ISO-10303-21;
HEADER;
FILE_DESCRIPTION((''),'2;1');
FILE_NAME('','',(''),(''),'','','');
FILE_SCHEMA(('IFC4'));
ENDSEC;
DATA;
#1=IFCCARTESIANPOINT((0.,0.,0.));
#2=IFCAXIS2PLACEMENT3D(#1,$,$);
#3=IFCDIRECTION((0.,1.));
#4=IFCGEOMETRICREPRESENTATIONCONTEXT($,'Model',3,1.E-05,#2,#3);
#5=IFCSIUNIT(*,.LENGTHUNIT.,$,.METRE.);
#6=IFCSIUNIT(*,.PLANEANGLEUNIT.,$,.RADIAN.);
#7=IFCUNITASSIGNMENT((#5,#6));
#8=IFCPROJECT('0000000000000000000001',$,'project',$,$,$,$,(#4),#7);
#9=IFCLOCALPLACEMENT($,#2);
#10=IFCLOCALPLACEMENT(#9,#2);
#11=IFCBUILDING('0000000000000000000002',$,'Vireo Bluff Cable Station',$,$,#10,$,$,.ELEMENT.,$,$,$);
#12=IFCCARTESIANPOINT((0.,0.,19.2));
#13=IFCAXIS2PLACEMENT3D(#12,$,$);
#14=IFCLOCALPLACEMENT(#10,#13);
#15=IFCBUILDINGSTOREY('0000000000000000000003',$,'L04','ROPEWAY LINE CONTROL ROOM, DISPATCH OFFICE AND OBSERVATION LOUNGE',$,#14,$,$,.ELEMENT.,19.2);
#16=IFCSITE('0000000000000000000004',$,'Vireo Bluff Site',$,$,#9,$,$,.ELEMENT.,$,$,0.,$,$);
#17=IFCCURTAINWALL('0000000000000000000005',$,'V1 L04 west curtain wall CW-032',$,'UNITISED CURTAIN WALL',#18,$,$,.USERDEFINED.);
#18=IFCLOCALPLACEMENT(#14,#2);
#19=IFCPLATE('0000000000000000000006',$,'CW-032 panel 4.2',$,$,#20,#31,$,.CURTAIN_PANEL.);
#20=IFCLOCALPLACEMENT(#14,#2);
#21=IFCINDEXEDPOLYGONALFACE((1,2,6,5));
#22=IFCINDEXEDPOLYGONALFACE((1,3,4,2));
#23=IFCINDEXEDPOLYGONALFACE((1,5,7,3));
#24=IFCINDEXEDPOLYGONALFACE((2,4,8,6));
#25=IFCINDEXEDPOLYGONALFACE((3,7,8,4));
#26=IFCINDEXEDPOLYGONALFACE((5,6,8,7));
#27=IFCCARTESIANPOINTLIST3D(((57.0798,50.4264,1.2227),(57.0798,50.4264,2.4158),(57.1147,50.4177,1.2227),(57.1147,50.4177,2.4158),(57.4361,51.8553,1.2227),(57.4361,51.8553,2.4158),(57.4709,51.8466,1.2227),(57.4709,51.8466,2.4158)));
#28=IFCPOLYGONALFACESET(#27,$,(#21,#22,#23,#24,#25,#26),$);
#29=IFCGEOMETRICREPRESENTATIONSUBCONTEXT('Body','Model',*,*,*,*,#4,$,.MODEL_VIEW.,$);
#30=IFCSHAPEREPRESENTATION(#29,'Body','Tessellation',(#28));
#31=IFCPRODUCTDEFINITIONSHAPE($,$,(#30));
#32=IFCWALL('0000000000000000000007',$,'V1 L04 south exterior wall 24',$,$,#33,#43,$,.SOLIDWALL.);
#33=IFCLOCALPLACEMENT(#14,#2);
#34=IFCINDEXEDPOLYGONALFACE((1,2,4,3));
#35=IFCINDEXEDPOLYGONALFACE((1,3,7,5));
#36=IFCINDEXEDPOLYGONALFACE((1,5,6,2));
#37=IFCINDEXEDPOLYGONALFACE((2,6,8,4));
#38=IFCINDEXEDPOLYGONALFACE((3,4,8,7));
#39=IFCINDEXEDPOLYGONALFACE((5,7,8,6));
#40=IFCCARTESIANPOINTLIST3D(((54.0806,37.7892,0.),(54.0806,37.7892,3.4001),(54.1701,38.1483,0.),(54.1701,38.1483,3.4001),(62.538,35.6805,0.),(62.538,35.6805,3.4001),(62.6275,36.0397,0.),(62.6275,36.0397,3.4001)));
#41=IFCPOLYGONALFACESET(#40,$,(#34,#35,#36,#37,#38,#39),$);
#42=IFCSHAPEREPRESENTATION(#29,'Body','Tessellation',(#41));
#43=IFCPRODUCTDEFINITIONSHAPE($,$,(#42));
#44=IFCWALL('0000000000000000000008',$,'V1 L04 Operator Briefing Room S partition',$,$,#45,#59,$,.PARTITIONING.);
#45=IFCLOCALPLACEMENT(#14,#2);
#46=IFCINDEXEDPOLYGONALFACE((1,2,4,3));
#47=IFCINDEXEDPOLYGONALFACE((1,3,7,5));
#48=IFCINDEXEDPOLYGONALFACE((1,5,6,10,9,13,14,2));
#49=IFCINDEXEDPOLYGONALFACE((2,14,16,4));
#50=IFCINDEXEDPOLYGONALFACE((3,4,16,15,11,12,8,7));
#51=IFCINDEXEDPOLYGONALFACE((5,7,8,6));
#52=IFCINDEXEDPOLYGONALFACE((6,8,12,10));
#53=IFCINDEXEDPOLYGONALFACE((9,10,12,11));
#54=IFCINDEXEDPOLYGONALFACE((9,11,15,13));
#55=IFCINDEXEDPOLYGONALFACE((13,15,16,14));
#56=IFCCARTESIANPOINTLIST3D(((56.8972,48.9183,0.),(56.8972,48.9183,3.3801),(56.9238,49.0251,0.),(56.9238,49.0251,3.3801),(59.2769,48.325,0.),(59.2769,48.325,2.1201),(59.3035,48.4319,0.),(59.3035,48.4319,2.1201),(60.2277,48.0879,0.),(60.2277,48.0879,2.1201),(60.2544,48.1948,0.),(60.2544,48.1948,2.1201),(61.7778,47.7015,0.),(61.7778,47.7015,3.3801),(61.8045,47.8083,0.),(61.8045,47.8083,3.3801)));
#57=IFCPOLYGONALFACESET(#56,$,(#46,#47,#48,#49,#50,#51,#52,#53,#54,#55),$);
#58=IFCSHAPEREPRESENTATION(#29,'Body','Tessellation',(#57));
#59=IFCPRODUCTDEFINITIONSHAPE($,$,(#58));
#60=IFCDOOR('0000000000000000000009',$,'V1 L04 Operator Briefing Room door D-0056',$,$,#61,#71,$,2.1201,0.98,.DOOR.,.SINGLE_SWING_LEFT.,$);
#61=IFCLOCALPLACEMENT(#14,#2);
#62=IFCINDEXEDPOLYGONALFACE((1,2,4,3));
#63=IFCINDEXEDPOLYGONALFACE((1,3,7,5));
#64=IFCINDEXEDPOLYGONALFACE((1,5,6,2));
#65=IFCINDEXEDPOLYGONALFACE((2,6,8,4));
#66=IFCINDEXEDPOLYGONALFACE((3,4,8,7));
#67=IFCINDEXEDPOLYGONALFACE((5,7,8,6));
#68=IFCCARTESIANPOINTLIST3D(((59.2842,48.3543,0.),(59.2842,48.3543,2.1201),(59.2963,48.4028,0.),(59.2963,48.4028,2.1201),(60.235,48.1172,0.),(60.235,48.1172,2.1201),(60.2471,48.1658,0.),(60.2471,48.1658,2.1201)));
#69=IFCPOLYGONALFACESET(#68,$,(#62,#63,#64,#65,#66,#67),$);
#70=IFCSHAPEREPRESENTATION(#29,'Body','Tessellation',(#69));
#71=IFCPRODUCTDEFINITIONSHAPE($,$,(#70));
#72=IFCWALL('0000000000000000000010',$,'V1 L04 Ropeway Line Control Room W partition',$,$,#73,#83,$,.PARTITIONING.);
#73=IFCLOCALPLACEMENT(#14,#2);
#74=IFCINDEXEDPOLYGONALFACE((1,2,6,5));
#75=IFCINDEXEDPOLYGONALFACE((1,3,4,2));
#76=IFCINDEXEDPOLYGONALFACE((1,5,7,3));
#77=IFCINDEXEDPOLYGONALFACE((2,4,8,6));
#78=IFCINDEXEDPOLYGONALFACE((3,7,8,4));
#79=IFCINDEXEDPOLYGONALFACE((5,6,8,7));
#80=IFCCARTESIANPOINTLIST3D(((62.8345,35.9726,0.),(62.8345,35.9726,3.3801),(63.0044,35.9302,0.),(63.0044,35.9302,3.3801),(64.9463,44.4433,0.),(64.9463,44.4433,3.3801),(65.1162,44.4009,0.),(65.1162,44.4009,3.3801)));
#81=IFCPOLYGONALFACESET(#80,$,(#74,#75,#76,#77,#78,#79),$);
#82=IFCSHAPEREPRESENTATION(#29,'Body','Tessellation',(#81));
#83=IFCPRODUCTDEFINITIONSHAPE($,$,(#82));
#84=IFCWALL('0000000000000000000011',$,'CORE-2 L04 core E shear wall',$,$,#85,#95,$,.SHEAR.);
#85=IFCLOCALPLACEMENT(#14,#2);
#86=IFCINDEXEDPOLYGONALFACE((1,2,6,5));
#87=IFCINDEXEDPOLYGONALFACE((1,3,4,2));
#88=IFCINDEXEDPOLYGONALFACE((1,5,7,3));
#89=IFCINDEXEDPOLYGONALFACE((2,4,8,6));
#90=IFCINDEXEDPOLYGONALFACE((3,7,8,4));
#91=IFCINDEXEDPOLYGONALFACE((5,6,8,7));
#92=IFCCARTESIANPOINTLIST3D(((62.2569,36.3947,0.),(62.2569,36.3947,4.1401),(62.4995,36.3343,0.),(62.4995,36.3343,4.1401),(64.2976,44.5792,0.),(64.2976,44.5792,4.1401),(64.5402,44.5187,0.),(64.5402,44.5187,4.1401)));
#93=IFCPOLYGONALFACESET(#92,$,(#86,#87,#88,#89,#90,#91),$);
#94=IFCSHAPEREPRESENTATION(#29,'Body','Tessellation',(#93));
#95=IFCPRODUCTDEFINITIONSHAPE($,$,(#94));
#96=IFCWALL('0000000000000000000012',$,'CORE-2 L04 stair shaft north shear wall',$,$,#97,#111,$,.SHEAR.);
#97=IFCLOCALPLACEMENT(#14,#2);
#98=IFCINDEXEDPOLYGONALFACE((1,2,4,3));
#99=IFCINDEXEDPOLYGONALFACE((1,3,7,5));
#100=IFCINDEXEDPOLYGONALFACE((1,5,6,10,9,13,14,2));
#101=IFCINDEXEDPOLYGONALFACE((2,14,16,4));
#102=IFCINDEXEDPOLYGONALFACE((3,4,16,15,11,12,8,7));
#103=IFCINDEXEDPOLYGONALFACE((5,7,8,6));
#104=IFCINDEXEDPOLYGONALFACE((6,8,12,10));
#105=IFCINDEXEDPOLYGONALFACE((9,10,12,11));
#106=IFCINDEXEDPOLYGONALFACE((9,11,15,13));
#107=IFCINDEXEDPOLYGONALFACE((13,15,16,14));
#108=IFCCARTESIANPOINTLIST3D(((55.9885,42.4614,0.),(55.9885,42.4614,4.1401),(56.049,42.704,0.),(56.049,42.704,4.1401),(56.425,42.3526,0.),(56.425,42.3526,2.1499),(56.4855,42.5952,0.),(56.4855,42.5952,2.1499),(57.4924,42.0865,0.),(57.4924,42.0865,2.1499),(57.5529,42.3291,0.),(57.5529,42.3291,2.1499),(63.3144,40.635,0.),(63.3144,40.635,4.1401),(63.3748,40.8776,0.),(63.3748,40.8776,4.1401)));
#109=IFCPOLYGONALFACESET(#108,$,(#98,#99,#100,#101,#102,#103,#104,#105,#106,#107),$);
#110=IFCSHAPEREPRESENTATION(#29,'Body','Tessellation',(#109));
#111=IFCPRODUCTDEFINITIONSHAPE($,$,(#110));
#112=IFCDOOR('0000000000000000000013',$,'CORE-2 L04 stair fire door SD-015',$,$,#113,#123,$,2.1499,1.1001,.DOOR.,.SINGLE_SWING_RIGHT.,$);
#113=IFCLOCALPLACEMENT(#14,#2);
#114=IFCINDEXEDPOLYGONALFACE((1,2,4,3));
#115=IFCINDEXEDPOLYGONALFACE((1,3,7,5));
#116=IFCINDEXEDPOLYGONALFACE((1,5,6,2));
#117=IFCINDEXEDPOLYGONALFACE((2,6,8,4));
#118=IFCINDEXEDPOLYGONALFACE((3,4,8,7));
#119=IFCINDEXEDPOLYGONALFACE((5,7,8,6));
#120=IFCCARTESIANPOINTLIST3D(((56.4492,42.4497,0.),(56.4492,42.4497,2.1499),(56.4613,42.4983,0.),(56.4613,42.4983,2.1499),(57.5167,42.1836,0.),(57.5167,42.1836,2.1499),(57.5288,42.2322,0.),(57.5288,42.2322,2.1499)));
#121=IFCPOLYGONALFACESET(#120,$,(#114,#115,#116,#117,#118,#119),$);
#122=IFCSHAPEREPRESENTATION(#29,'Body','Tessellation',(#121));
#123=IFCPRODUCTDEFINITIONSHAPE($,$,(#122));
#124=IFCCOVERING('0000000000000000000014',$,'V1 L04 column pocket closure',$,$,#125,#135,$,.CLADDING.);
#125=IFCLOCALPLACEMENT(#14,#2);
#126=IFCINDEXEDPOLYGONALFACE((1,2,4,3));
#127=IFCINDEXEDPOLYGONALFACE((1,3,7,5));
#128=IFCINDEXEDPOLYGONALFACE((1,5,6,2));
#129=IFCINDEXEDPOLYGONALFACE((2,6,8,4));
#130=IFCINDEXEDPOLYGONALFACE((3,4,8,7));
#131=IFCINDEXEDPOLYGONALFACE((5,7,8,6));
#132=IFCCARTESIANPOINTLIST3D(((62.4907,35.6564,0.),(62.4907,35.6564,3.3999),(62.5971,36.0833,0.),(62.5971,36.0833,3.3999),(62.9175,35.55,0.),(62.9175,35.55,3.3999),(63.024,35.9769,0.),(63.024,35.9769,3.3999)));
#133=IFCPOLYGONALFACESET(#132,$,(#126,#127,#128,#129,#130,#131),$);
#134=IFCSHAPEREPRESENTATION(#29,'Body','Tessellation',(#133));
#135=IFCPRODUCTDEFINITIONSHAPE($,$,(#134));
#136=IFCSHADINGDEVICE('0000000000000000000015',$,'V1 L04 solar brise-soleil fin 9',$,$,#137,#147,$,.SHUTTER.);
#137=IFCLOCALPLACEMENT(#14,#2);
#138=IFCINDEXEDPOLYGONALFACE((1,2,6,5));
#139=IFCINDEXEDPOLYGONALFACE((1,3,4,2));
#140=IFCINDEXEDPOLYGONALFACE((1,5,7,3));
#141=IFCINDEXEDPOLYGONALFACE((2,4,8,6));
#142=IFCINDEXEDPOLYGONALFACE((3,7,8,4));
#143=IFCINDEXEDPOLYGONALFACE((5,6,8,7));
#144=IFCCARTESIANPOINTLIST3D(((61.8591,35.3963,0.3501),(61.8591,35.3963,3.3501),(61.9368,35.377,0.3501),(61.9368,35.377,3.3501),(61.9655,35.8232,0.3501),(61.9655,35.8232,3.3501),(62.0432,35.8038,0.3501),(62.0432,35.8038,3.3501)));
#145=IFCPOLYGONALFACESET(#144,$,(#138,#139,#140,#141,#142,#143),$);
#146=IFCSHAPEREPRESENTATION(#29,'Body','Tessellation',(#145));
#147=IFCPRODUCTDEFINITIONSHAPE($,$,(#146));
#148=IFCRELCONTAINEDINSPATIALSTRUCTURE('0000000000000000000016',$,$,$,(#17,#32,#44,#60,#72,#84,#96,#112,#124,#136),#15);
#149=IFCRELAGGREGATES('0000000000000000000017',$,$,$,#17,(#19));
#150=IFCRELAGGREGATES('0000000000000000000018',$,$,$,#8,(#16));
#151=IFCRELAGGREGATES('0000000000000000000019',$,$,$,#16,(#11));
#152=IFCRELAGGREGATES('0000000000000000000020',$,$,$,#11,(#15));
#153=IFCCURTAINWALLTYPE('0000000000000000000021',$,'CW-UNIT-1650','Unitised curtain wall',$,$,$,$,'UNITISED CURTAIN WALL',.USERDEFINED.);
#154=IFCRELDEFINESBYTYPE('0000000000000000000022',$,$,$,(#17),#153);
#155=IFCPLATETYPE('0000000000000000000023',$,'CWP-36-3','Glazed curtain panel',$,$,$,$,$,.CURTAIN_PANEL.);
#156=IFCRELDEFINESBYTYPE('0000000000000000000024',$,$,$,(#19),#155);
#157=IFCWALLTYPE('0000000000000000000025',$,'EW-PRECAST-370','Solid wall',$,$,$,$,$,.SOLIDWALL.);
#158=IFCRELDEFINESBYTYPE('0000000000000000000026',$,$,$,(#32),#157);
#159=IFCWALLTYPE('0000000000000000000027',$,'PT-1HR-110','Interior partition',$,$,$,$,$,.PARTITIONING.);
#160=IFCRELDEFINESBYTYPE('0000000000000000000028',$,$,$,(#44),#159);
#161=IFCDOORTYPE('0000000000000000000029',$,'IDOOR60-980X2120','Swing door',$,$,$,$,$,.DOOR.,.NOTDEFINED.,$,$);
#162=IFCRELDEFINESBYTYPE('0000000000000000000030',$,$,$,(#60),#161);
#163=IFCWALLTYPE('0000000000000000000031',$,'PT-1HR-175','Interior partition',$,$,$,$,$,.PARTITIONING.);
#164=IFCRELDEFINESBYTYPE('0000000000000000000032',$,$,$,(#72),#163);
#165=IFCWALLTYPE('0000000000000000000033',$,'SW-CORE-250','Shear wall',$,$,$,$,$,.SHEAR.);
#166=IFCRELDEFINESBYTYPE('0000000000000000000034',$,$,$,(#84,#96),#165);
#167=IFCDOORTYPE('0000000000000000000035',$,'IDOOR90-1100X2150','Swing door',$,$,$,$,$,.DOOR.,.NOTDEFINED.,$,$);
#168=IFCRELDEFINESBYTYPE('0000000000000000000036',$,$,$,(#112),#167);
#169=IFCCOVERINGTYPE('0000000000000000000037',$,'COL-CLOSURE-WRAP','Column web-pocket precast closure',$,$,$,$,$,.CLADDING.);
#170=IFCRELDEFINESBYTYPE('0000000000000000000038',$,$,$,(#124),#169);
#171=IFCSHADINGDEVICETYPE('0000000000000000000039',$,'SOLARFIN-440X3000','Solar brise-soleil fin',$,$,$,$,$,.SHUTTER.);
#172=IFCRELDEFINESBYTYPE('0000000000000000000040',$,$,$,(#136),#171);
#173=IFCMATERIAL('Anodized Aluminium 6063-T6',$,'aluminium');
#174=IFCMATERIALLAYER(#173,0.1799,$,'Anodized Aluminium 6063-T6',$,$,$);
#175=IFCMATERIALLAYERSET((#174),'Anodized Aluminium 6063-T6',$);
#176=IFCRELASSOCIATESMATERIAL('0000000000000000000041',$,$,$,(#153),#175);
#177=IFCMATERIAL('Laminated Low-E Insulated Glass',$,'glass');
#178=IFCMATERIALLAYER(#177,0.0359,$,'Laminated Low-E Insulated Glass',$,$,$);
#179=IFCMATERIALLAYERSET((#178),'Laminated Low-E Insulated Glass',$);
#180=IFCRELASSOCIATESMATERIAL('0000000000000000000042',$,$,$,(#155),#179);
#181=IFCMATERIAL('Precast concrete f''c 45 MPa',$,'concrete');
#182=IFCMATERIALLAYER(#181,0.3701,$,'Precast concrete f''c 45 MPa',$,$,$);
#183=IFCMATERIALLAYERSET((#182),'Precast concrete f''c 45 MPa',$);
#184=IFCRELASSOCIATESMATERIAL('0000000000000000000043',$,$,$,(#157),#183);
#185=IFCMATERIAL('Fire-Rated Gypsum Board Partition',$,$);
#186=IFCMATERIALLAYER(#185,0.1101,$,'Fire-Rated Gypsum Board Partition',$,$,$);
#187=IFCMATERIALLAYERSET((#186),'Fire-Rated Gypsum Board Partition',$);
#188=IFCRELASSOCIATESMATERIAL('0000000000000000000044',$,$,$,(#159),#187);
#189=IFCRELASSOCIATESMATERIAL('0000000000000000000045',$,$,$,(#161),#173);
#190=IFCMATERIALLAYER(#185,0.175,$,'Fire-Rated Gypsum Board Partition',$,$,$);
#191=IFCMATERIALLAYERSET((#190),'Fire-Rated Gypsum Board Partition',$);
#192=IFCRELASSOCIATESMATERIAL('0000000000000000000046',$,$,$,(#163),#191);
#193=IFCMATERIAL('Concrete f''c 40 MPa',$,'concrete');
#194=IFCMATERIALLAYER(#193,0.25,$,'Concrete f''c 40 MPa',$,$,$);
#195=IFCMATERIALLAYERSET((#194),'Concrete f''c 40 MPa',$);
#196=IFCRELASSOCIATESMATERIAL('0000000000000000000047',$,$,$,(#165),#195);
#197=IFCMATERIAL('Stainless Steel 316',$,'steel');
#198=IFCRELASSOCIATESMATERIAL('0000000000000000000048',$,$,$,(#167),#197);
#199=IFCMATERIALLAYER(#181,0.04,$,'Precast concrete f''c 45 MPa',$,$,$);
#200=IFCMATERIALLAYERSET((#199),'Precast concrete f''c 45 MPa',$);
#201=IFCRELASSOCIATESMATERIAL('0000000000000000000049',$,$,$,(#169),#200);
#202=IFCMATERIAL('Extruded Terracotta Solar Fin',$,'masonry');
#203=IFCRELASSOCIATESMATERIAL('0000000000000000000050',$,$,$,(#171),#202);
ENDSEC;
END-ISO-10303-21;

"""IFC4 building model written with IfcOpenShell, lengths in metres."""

from ifc_helpers import new_model, si_unit, direction, frame, frame_2d, origin, origin_with_axes, origin_2d, place, context, subcontext, project, spatial, rectangle, extrude, material, layer, layer_set, type_object, element, fill, aggregate, save


model = new_model("IFC4")

# Units and contexts
model_context = context("Model", 3, precision=1e-05, world=origin(), true_north=direction((0.0, 1.0)))
body_context = subcontext(model_context, "Body", "Model", "MODEL_VIEW")
ifc_project = project(units=[si_unit("LENGTHUNIT", "METRE"), si_unit("PLANEANGLEUNIT", "RADIAN")], contexts=[model_context])

# Site, building, storey
site_placement = place(None, origin())
site = spatial("IfcSite", under=ifc_project, at=site_placement, Name="Vireo Bluff Site", CompositionType="ELEMENT", RefElevation=0.0)
building_placement = place(site_placement, origin())
building = spatial("IfcBuilding", under=site, at=building_placement, Name="Vireo Bluff Cable Station", CompositionType="ELEMENT")
storey_placement = place(building_placement, frame((0.0, 0.0, 19.2)))
storey = spatial("IfcBuildingStorey", under=building, at=storey_placement, Name="L04", Description="ROPEWAY LINE CONTROL ROOM, DISPATCH OFFICE AND OBSERVATION LOUNGE", CompositionType="ELEMENT", Elevation=19.2)

# Curtain wall
ifc_material_1 = material(Name="Anodized Aluminium 6063-T6", Category="aluminium")
ifc_layer_1 = layer(ifc_material_1, 0.1799, Name="Anodized Aluminium 6063-T6")
ifc_layer_set_1 = layer_set([ifc_layer_1], Name="Anodized Aluminium 6063-T6")
curtain_wall_type_1 = type_object("IfcCurtainWallType", Name="CW-UNIT-1650", Description="Unitised curtain wall", ElementType="UNITISED CURTAIN WALL", PredefinedType="USERDEFINED", material=ifc_layer_set_1)
curtain_wall_1_placement = place(storey_placement, origin())
curtain_wall_1 = element("IfcCurtainWall", 1, at=curtain_wall_1_placement, inside=storey, type_object=curtain_wall_type_1, Name="V1 L04 west curtain wall CW-032", ObjectType="UNITISED CURTAIN WALL", PredefinedType="USERDEFINED")

# Shared definitions
ifc_material_2 = material(Name="Concrete f'c 40 MPa", Category="concrete")

# Plate
ifc_material_3 = material(Name="Laminated Low-E Insulated Glass", Category="glass")
ifc_layer_2 = layer(ifc_material_3, 0.0359, Name="Laminated Low-E Insulated Glass")
ifc_layer_set_2 = layer_set([ifc_layer_2], Name="Laminated Low-E Insulated Glass")
plate_type_1 = type_object("IfcPlateType", Name="CWP-36-3", Description="Glazed curtain panel", PredefinedType="CURTAIN_PANEL", material=ifc_layer_set_2)
plate_1_placement = place(storey_placement, frame((57.2754, 51.1365, 1.2227), z_axis=(0.0, 0.0, 1.0), x_axis=(0.241922, 0.970296, 0.0)))
plate_1 = element("IfcPlate", 2, at=plate_1_placement, type_object=plate_type_1, Name="CW-032 panel 4.2", PredefinedType="CURTAIN_PANEL", context=body_context, shape_type="SweptSolid", body=[
    extrude(rectangle(XDim=1.4727, YDim=0.0359, at=origin_2d()), origin(), (0.0, 0.0, 1.0), 1.1931),
])
aggregate(curtain_wall_1, [plate_1])

# Wall
ifc_material_4 = material(Name="Precast concrete f'c 45 MPa", Category="concrete")
ifc_layer_3 = layer(ifc_material_4, 0.3701, Name="Precast concrete f'c 45 MPa")
ifc_layer_set_3 = layer_set([ifc_layer_3], Name="Precast concrete f'c 45 MPa")
wall_type_1 = type_object("IfcWallType", Name="EW-PRECAST-370", Description="Solid wall", PredefinedType="SOLIDWALL", material=ifc_layer_set_3)
wall_1_placement = place(storey_placement, frame((62.5828, 35.8601, 0.0), z_axis=(0.0, 0.0, 1.0), x_axis=(-0.970297, 0.241916, 0.0)))
element("IfcWall", 3, at=wall_1_placement, inside=storey, type_object=wall_type_1, Name="V1 L04 south exterior wall 24", PredefinedType="SOLIDWALL", context=body_context, shape_type="SweptSolid", body=[
    extrude(rectangle(XDim=8.7163, YDim=0.3701, at=frame_2d((4.3582, 0.0))), origin(), (0.0, 0.0, 1.0), 3.4001),
])

# Wall, opening, door
ifc_material_5 = material(Name="Fire-Rated Gypsum Board Partition")
ifc_layer_4 = layer(ifc_material_5, 0.1101, Name="Fire-Rated Gypsum Board Partition")
ifc_layer_set_4 = layer_set([ifc_layer_4], Name="Fire-Rated Gypsum Board Partition")
wall_type_2 = type_object("IfcWallType", Name="PT-1HR-110", Description="Interior partition", PredefinedType="PARTITIONING", material=ifc_layer_set_4)
wall_2_placement = place(storey_placement, frame((61.7913, 47.7549, 0.0), z_axis=(0.0, 0.0, 1.0), x_axis=(-0.970299, 0.241907, 0.0)))
wall_2 = element("IfcWall", 4, at=wall_2_placement, inside=storey, type_object=wall_type_2, Name="V1 L04 Operator Briefing Room S partition", PredefinedType="PARTITIONING", context=body_context, shape_type="SweptSolid", body=[
    extrude(rectangle(XDim=5.03, YDim=0.1101, at=frame_2d((2.5151, 0.0))), origin(), (0.0, 0.0, 1.0), 3.3801),
])
opening_1_placement = place(wall_2_placement, frame((1.5977, 0.0, 0.0)))
opening_1 = element("IfcOpeningElement", 5, at=opening_1_placement, cuts=wall_2, PredefinedType="OPENING", context=body_context, shape_type="SweptSolid", body=[
    extrude(rectangle(XDim=0.98, YDim=2.1201, at=frame_2d((0.49, 1.0601))), frame((0.0, 0.0649, 0.0), z_axis=(0.0, -1.0, 0.0), x_axis=(1.0, 0.0, 0.0)), (0.0, 0.0, 1.0), 0.1301),
])
door_type_1 = type_object("IfcDoorType", Name="IDOOR60-980X2120", Description="Swing door", OperationType="NOTDEFINED", PredefinedType="DOOR", material=ifc_material_1)
door_1_placement = place(opening_1_placement, origin_with_axes())
door_1 = element("IfcDoor", 6, at=door_1_placement, inside=storey, type_object=door_type_1, Name="V1 L04 Operator Briefing Room door D-0056", OperationType="SINGLE_SWING_LEFT", OverallHeight=2.1201, OverallWidth=0.98, PredefinedType="DOOR", context=body_context, shape_type="SweptSolid", body=[
    extrude(rectangle(XDim=0.98, YDim=2.1201, at=frame_2d((0.49, 1.0601))), frame((0.0, 0.0249, 0.0), z_axis=(0.0, -1.0, 0.0), x_axis=(1.0, 0.0, 0.0)), (0.0, 0.0, 1.0), 0.05),
])
fill(opening_1, door_1)

# Walls
ifc_layer_5 = layer(ifc_material_5, 0.175, Name="Fire-Rated Gypsum Board Partition")
ifc_layer_set_5 = layer_set([ifc_layer_5], Name="Fire-Rated Gypsum Board Partition")
wall_type_3 = type_object("IfcWallType", Name="PT-1HR-175", Description="Interior partition", PredefinedType="PARTITIONING", material=ifc_layer_set_5)
wall_3_placement = place(storey_placement, frame((62.9194, 35.9514, 0.0), z_axis=(0.0, 0.0, 1.0), x_axis=(0.241904, 0.9703, 0.0)))
element("IfcWall", 7, at=wall_3_placement, inside=storey, type_object=wall_type_3, Name="V1 L04 Ropeway Line Control Room W partition", PredefinedType="PARTITIONING", context=body_context, shape_type="SweptSolid", body=[
    extrude(rectangle(XDim=8.73, YDim=0.175, at=frame_2d((4.365, 0.0))), origin(), (0.0, 0.0, 1.0), 3.3801),
])
ifc_layer_6 = layer(ifc_material_2, 0.25, Name="Concrete f'c 40 MPa")
ifc_layer_set_6 = layer_set([ifc_layer_6], Name="Concrete f'c 40 MPa")
wall_type_4 = type_object("IfcWallType", Name="SW-CORE-250", Description="Shear wall", PredefinedType="SHEAR", material=ifc_layer_set_6)
wall_4_placement = place(storey_placement, frame((62.3782, 36.3645, 0.0), z_axis=(0.0, 0.0, 1.0), x_axis=(0.241936, 0.970292, 0.0)))
element("IfcWall", 8, at=wall_4_placement, inside=storey, type_object=wall_type_4, Name="CORE-2 L04 core E shear wall", PredefinedType="SHEAR", context=body_context, shape_type="SweptSolid", body=[
    extrude(rectangle(XDim=8.4351, YDim=0.25, at=frame_2d((4.2175, 0.0))), origin(), (0.0, 0.0, 1.0), 4.1401),
])

# Wall, opening, door
wall_5_placement = place(storey_placement, frame((63.3445, 40.7563, 0.0), z_axis=(0.0, 0.0, 1.0), x_axis=(-0.9703, 0.241904, 0.0)))
wall_5 = element("IfcWall", 9, at=wall_5_placement, inside=storey, type_object=wall_type_4, Name="CORE-2 L04 stair shaft north shear wall", PredefinedType="SHEAR", context=body_context, shape_type="SweptSolid", body=[
    extrude(rectangle(XDim=7.55, YDim=0.25, at=frame_2d((3.7749, 0.0))), origin(), (0.0, 0.0, 1.0), 4.1401),
])
opening_2_placement = place(wall_5_placement, frame((6.0, 0.0, 0.0)))
opening_2 = element("IfcOpeningElement", 10, at=opening_2_placement, cuts=wall_5, PredefinedType="OPENING", context=body_context, shape_type="SweptSolid", body=[
    extrude(rectangle(XDim=1.1001, YDim=2.1499, at=frame_2d((0.55, 1.075))), frame((0.0, 0.135, 0.0), z_axis=(0.0, -1.0, 0.0), x_axis=(1.0, 0.0, 0.0)), (0.0, 0.0, 1.0), 0.27),
])
ifc_material_6 = material(Name="Stainless Steel 316", Category="steel")
door_type_2 = type_object("IfcDoorType", Name="IDOOR90-1100X2150", Description="Swing door", OperationType="NOTDEFINED", PredefinedType="DOOR", material=ifc_material_6)
door_2_placement = place(opening_2_placement, origin_with_axes())
door_2 = element("IfcDoor", 11, at=door_2_placement, inside=storey, type_object=door_type_2, Name="CORE-2 L04 stair fire door SD-015", OperationType="SINGLE_SWING_RIGHT", OverallHeight=2.1499, OverallWidth=1.1001, PredefinedType="DOOR", context=body_context, shape_type="SweptSolid", body=[
    extrude(rectangle(XDim=1.1001, YDim=2.1499, at=frame_2d((0.55, 1.075))), frame((0.0, 0.0249, 0.0), z_axis=(0.0, -1.0, 0.0), x_axis=(1.0, 0.0, 0.0)), (0.0, 0.0, 1.0), 0.05),
])
fill(opening_2, door_2)

# Covering
ifc_layer_7 = layer(ifc_material_4, 0.04, Name="Precast concrete f'c 45 MPa")
ifc_layer_set_7 = layer_set([ifc_layer_7], Name="Precast concrete f'c 45 MPa")
covering_type = type_object("IfcCoveringType", Name="COL-CLOSURE-WRAP", Description="Column web-pocket precast closure", PredefinedType="CLADDING", material=ifc_layer_set_7)
covering_placement = place(storey_placement, frame((62.7573, 35.8167, 0.0), z_axis=(0.0, 0.0, 1.0), x_axis=(0.970296, -0.241922, 0.0)))
element("IfcCovering", 12, at=covering_placement, inside=storey, type_object=covering_type, Name="V1 L04 column pocket closure", PredefinedType="CLADDING", context=body_context, shape_type="SweptSolid", body=[
    extrude(rectangle(XDim=0.4399, YDim=0.4399, at=origin_2d()), origin(), (0.0, 0.0, 1.0), 3.3999),
])

# Shading device
ifc_material_7 = material(Name="Extruded Terracotta Solar Fin", Category="masonry")
shading_device_type = type_object("IfcShadingDeviceType", Name="SOLARFIN-440X3000", Description="Solar brise-soleil fin", PredefinedType="SHUTTER", material=ifc_material_7)
shading_device_placement = place(storey_placement, frame((61.9512, 35.6001, 0.3501), z_axis=(0.0, 0.0, 1.0), x_axis=(-0.970296, 0.241922, 0.0)))
element("IfcShadingDevice", 13, at=shading_device_placement, inside=storey, type_object=shading_device_type, Name="V1 L04 solar brise-soleil fin 9", PredefinedType="SHUTTER", context=body_context, shape_type="SweptSolid", body=[
    extrude(rectangle(XDim=0.0801, YDim=0.4399, at=origin_2d()), origin(), (0.0, 0.0, 1.0), 3.0),
])

save(model, "model.ifc")
